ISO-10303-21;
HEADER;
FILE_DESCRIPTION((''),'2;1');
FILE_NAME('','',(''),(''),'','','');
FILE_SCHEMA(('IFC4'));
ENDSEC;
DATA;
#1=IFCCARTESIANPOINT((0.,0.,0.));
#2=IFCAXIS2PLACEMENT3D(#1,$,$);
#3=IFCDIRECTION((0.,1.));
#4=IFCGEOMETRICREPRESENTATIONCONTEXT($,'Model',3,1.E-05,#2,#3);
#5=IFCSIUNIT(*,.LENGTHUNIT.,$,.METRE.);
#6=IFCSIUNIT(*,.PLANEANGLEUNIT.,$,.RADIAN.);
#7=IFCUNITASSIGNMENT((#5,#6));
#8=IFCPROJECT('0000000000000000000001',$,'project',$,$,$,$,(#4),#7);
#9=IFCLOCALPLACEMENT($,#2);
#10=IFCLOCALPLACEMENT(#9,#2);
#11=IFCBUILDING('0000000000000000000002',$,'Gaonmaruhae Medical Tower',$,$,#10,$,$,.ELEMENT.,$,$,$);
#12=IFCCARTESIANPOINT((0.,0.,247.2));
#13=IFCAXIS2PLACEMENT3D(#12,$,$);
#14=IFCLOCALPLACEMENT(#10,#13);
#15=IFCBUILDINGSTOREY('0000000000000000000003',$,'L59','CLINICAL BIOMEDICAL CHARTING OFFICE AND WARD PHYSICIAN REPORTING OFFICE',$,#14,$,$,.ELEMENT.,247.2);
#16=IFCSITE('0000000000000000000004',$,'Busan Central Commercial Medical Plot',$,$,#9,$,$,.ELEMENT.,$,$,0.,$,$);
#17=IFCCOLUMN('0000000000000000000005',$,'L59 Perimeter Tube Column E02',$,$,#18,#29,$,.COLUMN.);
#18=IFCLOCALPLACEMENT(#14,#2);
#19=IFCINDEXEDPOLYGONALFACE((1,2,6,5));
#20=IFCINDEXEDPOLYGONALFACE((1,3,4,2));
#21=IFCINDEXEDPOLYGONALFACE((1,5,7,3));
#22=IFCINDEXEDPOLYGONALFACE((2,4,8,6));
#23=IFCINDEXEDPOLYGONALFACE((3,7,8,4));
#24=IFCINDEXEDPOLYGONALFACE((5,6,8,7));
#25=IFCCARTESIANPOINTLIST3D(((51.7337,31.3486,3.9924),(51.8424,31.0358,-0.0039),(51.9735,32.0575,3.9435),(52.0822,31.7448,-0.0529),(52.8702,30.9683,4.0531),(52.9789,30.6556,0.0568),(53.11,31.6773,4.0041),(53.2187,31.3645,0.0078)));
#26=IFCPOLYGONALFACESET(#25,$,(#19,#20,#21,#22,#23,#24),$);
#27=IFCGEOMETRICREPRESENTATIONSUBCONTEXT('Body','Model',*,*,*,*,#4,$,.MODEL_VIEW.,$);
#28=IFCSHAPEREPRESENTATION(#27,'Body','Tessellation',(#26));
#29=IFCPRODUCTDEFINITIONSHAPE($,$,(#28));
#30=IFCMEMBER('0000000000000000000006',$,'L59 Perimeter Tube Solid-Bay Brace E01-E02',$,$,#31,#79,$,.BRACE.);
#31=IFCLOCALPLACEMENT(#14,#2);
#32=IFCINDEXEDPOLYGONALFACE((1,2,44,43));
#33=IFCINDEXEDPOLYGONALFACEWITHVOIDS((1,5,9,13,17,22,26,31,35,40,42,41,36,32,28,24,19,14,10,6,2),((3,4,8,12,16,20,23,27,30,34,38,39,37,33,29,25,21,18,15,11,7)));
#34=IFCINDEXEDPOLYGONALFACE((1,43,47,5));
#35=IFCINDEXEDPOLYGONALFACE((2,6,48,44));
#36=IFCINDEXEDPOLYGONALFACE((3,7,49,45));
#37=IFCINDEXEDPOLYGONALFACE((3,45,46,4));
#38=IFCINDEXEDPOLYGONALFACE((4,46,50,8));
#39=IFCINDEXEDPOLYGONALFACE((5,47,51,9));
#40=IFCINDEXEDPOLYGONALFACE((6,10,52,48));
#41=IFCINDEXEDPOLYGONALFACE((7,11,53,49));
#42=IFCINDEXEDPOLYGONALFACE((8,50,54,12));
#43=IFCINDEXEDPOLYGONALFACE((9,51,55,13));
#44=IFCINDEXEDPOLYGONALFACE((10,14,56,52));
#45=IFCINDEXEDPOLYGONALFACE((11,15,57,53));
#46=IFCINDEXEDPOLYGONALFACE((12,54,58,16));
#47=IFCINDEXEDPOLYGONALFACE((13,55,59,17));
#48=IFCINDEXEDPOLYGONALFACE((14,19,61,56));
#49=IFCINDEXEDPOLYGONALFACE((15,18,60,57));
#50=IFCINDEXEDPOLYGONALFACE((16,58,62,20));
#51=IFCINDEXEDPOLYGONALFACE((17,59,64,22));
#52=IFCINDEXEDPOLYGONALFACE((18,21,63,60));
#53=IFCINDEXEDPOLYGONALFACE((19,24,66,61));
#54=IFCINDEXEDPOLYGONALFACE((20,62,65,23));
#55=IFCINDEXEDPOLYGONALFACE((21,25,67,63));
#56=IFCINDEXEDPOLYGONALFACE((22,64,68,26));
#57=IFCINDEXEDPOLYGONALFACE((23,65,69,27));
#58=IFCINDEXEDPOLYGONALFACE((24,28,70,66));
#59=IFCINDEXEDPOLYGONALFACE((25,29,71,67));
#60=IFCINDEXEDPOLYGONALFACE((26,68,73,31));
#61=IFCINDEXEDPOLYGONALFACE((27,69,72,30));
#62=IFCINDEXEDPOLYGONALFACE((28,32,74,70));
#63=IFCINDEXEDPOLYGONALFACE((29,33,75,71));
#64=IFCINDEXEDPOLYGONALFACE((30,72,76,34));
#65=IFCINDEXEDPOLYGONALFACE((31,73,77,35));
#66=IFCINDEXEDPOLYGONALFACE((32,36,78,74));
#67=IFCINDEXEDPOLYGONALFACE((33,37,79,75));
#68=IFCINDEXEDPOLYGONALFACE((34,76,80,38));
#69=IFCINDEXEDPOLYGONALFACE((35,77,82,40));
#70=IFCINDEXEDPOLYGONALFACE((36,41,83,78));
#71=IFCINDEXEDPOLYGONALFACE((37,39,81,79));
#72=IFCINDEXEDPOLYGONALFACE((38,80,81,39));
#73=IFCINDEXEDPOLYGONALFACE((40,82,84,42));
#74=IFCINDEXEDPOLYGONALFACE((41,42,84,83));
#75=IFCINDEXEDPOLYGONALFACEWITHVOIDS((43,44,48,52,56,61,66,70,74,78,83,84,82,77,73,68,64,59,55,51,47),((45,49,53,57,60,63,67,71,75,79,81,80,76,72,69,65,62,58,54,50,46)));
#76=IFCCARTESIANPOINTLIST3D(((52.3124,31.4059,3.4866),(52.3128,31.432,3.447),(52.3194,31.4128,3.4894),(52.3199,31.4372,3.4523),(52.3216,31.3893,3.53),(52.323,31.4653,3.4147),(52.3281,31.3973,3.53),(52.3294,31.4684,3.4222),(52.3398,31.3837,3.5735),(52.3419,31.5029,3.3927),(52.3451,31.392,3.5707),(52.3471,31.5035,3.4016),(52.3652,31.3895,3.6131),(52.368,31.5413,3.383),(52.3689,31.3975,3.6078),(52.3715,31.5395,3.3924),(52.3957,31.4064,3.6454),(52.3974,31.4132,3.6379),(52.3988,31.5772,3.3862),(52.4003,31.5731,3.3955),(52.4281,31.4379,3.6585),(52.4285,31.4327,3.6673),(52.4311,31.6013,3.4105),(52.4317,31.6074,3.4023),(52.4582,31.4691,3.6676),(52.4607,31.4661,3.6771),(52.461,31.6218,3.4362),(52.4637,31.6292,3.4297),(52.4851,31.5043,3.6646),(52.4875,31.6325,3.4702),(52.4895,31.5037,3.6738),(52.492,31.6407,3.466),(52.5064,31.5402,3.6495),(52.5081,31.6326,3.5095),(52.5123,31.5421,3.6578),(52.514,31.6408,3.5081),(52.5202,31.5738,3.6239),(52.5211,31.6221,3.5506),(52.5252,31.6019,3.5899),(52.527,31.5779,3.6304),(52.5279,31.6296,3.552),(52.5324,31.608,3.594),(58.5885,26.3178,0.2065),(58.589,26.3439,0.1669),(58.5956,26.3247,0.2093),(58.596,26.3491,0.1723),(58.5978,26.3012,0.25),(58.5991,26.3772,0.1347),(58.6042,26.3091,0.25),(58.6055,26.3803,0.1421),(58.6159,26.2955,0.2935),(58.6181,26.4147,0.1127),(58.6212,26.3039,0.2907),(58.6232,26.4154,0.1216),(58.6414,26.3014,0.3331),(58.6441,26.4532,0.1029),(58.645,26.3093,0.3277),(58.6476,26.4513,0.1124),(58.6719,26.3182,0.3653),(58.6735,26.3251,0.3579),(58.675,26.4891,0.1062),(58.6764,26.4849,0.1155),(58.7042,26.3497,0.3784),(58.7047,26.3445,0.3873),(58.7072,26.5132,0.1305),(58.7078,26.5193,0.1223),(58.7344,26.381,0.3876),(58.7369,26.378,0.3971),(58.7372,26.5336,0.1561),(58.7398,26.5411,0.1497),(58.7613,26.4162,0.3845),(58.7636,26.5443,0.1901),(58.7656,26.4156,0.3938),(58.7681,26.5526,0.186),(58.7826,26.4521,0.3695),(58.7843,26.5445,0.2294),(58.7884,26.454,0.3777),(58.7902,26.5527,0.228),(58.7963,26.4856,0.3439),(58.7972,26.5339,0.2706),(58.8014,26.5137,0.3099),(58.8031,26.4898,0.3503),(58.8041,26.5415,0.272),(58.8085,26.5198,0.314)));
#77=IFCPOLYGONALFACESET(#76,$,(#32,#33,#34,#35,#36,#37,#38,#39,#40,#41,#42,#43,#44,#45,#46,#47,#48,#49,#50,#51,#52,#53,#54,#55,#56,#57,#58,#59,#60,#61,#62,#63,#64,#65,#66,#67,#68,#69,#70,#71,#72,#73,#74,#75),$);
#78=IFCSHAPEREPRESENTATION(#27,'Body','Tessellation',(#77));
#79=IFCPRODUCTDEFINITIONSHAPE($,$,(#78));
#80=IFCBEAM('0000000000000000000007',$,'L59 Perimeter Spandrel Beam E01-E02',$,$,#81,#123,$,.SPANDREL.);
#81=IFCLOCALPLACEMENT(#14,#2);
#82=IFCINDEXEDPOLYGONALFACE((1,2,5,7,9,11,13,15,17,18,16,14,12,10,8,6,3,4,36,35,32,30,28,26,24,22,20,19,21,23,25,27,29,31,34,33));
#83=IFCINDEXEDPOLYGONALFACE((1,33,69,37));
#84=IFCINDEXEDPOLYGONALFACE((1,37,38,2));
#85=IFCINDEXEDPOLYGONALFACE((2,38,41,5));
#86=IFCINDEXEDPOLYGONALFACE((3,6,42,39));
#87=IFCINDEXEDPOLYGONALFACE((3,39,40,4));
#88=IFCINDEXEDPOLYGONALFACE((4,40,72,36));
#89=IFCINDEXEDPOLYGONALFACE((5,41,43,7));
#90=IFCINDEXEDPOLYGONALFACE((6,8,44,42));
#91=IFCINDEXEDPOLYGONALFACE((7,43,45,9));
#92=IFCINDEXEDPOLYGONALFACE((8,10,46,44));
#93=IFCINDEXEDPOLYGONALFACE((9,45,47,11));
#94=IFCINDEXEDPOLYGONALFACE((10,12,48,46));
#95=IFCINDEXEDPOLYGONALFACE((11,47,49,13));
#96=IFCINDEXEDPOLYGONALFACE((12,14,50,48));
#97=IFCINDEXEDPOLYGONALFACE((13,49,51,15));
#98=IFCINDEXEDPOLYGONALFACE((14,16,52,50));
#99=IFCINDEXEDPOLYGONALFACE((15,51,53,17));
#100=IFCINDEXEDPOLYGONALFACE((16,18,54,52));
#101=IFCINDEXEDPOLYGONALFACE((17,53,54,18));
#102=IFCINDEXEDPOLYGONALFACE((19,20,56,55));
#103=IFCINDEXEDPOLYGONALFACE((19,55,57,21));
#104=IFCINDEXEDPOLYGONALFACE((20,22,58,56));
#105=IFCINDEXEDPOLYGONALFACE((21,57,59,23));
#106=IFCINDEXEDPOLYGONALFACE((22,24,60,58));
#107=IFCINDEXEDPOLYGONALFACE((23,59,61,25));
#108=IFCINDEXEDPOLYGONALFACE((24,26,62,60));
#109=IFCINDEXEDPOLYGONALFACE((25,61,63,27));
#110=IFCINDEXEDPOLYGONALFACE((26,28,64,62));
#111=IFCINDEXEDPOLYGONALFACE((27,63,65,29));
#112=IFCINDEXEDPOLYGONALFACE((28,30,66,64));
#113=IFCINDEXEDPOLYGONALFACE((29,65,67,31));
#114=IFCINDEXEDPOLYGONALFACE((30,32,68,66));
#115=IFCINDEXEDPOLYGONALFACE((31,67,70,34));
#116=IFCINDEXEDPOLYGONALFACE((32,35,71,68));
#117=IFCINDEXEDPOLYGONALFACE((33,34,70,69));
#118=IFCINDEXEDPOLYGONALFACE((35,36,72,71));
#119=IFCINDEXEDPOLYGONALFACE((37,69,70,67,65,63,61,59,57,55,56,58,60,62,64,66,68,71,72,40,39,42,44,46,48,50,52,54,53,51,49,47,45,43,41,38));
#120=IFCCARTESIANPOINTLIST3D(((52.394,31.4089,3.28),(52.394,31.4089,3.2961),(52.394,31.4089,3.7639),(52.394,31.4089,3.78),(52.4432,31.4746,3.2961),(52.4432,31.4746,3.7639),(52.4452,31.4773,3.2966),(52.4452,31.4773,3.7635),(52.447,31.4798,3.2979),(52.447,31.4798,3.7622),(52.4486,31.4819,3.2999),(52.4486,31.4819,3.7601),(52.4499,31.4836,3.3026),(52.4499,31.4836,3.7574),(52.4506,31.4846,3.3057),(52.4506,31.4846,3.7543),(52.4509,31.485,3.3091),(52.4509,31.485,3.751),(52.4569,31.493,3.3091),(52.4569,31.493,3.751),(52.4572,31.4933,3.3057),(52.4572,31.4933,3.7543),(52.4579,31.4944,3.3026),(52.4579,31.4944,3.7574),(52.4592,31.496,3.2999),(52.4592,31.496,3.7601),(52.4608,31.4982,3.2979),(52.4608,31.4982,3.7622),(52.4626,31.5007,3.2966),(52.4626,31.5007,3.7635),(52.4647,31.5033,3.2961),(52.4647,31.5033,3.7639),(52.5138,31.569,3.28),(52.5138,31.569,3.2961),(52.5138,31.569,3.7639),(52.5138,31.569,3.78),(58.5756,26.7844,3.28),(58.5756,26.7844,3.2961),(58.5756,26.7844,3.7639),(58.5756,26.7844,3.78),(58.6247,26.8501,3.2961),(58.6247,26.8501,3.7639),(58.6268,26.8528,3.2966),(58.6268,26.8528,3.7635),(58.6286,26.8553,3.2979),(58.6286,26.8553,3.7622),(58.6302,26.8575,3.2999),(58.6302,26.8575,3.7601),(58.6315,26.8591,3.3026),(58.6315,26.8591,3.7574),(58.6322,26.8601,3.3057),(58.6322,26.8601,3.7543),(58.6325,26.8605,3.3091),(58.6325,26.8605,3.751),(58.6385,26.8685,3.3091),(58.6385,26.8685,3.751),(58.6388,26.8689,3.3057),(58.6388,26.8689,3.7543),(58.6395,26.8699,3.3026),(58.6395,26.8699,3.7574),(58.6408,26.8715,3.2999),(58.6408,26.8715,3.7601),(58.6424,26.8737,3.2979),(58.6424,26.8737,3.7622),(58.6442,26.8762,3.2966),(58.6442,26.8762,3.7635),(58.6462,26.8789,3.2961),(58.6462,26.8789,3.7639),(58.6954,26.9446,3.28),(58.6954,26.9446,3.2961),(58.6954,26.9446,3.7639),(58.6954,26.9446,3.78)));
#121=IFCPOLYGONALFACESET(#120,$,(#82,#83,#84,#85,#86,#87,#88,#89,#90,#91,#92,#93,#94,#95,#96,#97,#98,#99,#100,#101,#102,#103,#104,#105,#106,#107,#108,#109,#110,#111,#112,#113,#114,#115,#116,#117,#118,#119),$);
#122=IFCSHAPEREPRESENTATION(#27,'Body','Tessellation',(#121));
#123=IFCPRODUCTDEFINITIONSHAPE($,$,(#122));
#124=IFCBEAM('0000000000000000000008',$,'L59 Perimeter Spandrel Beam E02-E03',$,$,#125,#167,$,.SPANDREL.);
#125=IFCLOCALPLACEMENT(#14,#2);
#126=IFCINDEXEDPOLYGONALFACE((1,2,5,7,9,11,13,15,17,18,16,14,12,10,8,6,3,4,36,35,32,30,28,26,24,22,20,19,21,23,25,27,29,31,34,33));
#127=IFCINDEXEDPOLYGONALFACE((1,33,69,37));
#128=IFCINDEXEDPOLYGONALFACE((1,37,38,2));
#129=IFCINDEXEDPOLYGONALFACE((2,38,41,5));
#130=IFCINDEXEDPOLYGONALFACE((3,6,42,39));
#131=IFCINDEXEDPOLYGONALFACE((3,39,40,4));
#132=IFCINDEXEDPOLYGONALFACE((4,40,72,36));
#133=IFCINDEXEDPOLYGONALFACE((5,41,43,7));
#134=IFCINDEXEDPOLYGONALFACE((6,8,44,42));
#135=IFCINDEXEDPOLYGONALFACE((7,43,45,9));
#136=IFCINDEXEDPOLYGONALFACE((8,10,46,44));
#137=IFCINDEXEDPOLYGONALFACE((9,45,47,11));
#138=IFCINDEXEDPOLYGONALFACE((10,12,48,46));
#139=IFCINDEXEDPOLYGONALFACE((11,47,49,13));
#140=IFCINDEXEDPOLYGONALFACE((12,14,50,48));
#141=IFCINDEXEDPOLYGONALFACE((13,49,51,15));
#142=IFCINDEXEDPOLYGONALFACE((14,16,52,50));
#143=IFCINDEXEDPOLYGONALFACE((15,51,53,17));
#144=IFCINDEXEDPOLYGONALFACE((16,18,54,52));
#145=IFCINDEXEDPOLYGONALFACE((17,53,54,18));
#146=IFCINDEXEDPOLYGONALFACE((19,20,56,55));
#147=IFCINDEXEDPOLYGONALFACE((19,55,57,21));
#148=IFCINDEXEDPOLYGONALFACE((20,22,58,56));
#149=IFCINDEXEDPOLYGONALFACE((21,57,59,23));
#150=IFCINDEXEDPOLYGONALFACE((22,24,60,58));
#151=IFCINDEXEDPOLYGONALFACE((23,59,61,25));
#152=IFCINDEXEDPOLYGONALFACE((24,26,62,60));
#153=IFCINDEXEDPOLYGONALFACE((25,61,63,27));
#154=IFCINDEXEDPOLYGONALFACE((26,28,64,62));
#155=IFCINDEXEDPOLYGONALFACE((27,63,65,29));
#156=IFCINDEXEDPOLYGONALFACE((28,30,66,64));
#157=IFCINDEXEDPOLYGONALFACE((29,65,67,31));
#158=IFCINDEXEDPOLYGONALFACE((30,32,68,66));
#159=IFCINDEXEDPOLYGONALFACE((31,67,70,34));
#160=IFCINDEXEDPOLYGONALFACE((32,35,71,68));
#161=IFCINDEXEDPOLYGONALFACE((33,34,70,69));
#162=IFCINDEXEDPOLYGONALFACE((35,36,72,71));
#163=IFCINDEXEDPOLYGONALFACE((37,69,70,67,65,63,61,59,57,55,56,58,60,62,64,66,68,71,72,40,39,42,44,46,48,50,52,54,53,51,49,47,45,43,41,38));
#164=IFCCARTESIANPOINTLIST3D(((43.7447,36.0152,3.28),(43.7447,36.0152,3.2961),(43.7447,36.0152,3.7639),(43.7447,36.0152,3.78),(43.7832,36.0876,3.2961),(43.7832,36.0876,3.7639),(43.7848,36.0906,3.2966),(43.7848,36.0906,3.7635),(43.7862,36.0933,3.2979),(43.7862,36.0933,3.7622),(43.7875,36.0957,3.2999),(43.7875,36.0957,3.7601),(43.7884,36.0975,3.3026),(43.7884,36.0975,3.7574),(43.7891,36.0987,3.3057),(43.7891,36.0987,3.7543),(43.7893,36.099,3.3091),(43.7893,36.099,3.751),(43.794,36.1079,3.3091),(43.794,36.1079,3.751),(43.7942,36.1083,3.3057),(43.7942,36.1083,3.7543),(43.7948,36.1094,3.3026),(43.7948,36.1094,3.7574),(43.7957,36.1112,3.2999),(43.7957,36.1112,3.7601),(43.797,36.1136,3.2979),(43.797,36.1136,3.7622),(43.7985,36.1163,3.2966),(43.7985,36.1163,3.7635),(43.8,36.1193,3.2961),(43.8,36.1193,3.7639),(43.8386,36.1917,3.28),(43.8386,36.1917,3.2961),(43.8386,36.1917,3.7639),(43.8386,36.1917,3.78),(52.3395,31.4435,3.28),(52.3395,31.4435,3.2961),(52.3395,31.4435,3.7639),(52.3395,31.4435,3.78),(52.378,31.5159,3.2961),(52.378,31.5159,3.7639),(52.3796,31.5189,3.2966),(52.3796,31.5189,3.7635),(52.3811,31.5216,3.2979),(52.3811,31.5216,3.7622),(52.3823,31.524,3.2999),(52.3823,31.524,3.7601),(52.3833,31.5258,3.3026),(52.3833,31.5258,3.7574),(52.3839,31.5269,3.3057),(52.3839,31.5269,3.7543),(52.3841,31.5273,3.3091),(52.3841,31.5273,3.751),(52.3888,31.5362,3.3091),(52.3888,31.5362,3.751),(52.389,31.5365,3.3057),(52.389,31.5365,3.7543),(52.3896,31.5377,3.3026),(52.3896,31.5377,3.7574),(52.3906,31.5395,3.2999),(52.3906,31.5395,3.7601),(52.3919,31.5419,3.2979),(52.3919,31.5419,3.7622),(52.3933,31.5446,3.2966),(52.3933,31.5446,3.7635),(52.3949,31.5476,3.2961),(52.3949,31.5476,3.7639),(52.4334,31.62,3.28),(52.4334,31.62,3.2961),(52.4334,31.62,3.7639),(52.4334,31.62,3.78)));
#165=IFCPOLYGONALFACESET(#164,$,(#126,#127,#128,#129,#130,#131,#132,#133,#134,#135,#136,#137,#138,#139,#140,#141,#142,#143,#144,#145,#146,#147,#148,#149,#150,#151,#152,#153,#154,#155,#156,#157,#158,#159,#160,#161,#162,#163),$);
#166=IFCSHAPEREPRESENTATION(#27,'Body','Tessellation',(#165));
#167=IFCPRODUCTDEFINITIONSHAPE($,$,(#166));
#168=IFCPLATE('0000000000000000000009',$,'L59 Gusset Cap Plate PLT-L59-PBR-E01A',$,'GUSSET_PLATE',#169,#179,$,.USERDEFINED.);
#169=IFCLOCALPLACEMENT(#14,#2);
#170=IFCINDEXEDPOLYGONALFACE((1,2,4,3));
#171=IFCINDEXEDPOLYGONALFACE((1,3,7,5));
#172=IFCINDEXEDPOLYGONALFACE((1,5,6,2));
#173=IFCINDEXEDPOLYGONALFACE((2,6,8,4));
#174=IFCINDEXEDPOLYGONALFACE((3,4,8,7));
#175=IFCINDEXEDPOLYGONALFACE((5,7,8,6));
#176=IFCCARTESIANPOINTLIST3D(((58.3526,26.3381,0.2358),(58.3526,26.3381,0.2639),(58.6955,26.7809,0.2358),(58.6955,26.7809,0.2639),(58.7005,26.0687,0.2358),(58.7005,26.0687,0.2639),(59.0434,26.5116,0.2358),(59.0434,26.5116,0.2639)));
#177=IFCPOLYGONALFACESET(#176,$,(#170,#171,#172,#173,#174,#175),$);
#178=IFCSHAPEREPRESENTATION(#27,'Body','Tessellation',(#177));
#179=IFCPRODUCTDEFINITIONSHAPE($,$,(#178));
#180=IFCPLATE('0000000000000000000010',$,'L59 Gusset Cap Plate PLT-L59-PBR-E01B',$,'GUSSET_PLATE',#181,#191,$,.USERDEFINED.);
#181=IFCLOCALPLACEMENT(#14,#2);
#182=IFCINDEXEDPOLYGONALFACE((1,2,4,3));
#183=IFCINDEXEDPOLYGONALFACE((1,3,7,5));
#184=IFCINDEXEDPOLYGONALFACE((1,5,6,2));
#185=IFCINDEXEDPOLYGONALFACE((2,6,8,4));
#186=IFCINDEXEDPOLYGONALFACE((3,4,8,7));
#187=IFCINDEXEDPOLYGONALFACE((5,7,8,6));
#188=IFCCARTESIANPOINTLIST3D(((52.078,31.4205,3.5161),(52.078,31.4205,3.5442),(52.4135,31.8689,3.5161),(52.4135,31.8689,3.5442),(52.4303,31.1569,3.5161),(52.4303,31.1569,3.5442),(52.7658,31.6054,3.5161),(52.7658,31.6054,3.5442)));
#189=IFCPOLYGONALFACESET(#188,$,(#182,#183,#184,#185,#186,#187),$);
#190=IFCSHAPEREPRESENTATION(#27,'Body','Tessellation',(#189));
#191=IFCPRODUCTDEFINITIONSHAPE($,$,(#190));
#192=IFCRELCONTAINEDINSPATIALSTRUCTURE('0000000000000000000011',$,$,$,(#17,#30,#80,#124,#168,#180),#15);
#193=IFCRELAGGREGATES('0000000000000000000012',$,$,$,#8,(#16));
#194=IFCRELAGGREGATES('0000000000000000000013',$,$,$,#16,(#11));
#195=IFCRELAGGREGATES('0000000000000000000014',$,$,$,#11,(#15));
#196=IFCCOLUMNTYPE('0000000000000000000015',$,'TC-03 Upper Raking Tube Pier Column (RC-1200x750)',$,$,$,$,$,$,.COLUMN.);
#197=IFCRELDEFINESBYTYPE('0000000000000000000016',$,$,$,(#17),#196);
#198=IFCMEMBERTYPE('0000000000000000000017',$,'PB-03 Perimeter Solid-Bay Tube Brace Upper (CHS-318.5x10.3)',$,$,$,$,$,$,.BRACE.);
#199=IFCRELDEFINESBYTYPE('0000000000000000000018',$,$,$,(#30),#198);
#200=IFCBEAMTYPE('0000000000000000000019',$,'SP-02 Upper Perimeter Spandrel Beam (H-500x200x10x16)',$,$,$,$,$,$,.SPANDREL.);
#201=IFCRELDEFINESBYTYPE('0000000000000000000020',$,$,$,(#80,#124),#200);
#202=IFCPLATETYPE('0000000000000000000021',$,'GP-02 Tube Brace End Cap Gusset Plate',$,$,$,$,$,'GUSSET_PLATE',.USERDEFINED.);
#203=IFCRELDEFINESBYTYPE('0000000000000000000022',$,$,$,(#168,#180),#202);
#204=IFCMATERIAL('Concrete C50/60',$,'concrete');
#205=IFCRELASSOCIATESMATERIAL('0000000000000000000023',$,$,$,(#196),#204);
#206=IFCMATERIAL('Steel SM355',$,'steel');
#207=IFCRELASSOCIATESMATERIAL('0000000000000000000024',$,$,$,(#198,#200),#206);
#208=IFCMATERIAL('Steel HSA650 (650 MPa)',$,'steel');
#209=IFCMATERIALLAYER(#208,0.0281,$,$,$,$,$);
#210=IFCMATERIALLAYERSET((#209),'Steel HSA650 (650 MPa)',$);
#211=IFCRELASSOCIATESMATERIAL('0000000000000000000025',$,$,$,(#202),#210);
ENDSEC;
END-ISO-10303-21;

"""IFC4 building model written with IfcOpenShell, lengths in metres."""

from ifc_helpers import new_model, si_unit, direction, frame, origin, origin_2d, place, context, subcontext, project, spatial, rectangle, hollow_circle, i_section, extrude, material, layer, layer_set, material_profile, profile_set, type_object, element, save


model = new_model("IFC4")

# Units and contexts
model_context = context("Model", 3, precision=1e-05, world=origin(), true_north=direction((0.0, 1.0)))
body_context = subcontext(model_context, "Body", "Model", "MODEL_VIEW")
ifc_project = project(units=[si_unit("LENGTHUNIT", "METRE"), si_unit("PLANEANGLEUNIT", "RADIAN")], contexts=[model_context])

# Site, building, storey
site_placement = place(None, origin())
site = spatial("IfcSite", under=ifc_project, at=site_placement, Name="Busan Central Commercial Medical Plot", CompositionType="ELEMENT", RefElevation=0.0)
building_placement = place(site_placement, origin())
building = spatial("IfcBuilding", under=site, at=building_placement, Name="Gaonmaruhae Medical Tower", CompositionType="ELEMENT")
storey_placement = place(building_placement, frame((0.0, 0.0, 247.2)))
storey = spatial("IfcBuildingStorey", under=building, at=storey_placement, Name="L59", Description="CLINICAL BIOMEDICAL CHARTING OFFICE AND WARD PHYSICIAN REPORTING OFFICE", CompositionType="ELEMENT", Elevation=247.2)

# Column
ifc_material_1 = material(Name="Concrete C50/60", Category="concrete")
ifc_material_profile_1 = material_profile(ifc_material_1, rectangle(XDim=1.2, YDim=0.75, at=origin_2d()), Name="RC-1200x750")
ifc_profile_set_1 = profile_set([ifc_material_profile_1], Name="Concrete C50/60")
column_type = type_object("IfcColumnType", Name="TC-03 Upper Raking Tube Pier Column (RC-1200x750)", PredefinedType="COLUMN", material=ifc_profile_set_1)
column_placement = place(storey_placement, frame((52.5305, 31.2002, 0.002), z_axis=(-0.027093, 0.077991, 0.996586), x_axis=(0.947118, -0.316878, 0.050546)))
element("IfcColumn", 1, at=column_placement, inside=storey, type_object=column_type, Name="L59 Perimeter Tube Column E02", PredefinedType="COLUMN", context=body_context, shape_type="SweptSolid", body=[
    extrude(rectangle(XDim=1.2, YDim=0.75, at=origin_2d()), origin(), (0.0, 0.0, 1.0), 4.01),
])

# Member
ifc_material_2 = material(Name="Steel SM355", Category="steel")
ifc_material_profile_2 = material_profile(ifc_material_2, hollow_circle(Radius=0.1592, WallThickness=0.0103, at=origin_2d()), Name="CHS-318.5x10.3")
ifc_profile_set_2 = profile_set([ifc_material_profile_2], Name="Steel SM355")
member_type = type_object("IfcMemberType", Name="PB-03 Perimeter Solid-Bay Tube Brace Upper (CHS-318.5x10.3)", PredefinedType="BRACE", material=ifc_profile_set_2)
member_placement = place(storey_placement, frame((58.698, 26.4248, 0.25), z_axis=(-0.719743, 0.583505, 0.376153), x_axis=(-0.629756, -0.776793, 0.0)))
element("IfcMember", 2, at=member_placement, inside=storey, type_object=member_type, Name="L59 Perimeter Tube Solid-Bay Brace E01-E02", PredefinedType="BRACE", context=body_context, shape_type="SweptSolid", body=[
    extrude(hollow_circle(Radius=0.1592, WallThickness=0.0103, at=origin_2d()), origin(), (0.0, 0.0, 1.0), 8.72),
])

# Beams
ifc_material_profile_3 = material_profile(ifc_material_2, i_section(OverallWidth=0.2, OverallDepth=0.5, WebThickness=0.01, FlangeThickness=0.0161, FilletRadius=0.0129, at=origin_2d()), Name="H-500x200x10x16")
ifc_profile_set_3 = profile_set([ifc_material_profile_3], Name="Steel SM355")
beam_type = type_object("IfcBeamType", Name="SP-02 Upper Perimeter Spandrel Beam (H-500x200x10x16)", PredefinedType="SPANDREL", material=ifc_profile_set_3)
beam_1_placement = place(storey_placement, frame((58.6355, 26.8645, 3.53), z_axis=(-0.800728, 0.599028, 0.0), x_axis=(-0.599028, -0.800728, 0.0)))
element("IfcBeam", 3, at=beam_1_placement, inside=storey, type_object=beam_type, Name="L59 Perimeter Spandrel Beam E01-E02", PredefinedType="SPANDREL", context=body_context, shape_type="SweptSolid", body=[
    extrude(i_section(OverallWidth=0.2, OverallDepth=0.5, WebThickness=0.01, FlangeThickness=0.0161, FilletRadius=0.0129, at=origin_2d()), origin(), (0.0, 0.0, 1.0), 7.72),
])
beam_2_placement = place(storey_placement, frame((52.3865, 31.5317, 3.53), z_axis=(-0.882873, 0.469612, 0.0), x_axis=(-0.469612, -0.882873, 0.0)))
element("IfcBeam", 4, at=beam_2_placement, inside=storey, type_object=beam_type, Name="L59 Perimeter Spandrel Beam E02-E03", PredefinedType="SPANDREL", context=body_context, shape_type="SweptSolid", body=[
    extrude(i_section(OverallWidth=0.2, OverallDepth=0.5, WebThickness=0.01, FlangeThickness=0.0161, FilletRadius=0.0129, at=origin_2d()), origin(), (0.0, 0.0, 1.0), 9.7351),
])

# Plates
ifc_material_3 = material(Name="Steel HSA650 (650 MPa)", Category="steel")
ifc_layer_1 = layer(ifc_material_3, 0.0281)
ifc_layer_set_1 = layer_set([ifc_layer_1], Name="Steel HSA650 (650 MPa)")
plate_type_1 = type_object("IfcPlateType", Name="GP-02 Tube Brace End Cap Gusset Plate", ElementType="GUSSET_PLATE", PredefinedType="USERDEFINED", material=ifc_layer_set_1)
for number, where, z_axis, x_axis, name in (
    (5, (58.698, 26.4248, 0.2358), (0.0, 0.0, 1.0), (0.612217, 0.79069, 0.0), "L59 Gusset Cap Plate PLT-L59-PBR-E01A"),
    (6, (52.4219, 31.5129, 3.5161), (0.0, 0.0, 1.0), (0.599024, 0.800731, 0.0), "L59 Gusset Cap Plate PLT-L59-PBR-E01B"),
):
    element("IfcPlate", number, at=place(storey_placement, frame(where, z_axis=z_axis, x_axis=x_axis)), inside=storey, type_object=plate_type_1, Name=name, ObjectType="GUSSET_PLATE", PredefinedType="USERDEFINED", context=body_context, shape_type="SweptSolid", body=[
        extrude(rectangle(XDim=0.5601, YDim=0.4399, at=origin_2d()), origin(), (0.0, 0.0, 1.0), 0.0281),
    ])

save(model, "model.ifc")
